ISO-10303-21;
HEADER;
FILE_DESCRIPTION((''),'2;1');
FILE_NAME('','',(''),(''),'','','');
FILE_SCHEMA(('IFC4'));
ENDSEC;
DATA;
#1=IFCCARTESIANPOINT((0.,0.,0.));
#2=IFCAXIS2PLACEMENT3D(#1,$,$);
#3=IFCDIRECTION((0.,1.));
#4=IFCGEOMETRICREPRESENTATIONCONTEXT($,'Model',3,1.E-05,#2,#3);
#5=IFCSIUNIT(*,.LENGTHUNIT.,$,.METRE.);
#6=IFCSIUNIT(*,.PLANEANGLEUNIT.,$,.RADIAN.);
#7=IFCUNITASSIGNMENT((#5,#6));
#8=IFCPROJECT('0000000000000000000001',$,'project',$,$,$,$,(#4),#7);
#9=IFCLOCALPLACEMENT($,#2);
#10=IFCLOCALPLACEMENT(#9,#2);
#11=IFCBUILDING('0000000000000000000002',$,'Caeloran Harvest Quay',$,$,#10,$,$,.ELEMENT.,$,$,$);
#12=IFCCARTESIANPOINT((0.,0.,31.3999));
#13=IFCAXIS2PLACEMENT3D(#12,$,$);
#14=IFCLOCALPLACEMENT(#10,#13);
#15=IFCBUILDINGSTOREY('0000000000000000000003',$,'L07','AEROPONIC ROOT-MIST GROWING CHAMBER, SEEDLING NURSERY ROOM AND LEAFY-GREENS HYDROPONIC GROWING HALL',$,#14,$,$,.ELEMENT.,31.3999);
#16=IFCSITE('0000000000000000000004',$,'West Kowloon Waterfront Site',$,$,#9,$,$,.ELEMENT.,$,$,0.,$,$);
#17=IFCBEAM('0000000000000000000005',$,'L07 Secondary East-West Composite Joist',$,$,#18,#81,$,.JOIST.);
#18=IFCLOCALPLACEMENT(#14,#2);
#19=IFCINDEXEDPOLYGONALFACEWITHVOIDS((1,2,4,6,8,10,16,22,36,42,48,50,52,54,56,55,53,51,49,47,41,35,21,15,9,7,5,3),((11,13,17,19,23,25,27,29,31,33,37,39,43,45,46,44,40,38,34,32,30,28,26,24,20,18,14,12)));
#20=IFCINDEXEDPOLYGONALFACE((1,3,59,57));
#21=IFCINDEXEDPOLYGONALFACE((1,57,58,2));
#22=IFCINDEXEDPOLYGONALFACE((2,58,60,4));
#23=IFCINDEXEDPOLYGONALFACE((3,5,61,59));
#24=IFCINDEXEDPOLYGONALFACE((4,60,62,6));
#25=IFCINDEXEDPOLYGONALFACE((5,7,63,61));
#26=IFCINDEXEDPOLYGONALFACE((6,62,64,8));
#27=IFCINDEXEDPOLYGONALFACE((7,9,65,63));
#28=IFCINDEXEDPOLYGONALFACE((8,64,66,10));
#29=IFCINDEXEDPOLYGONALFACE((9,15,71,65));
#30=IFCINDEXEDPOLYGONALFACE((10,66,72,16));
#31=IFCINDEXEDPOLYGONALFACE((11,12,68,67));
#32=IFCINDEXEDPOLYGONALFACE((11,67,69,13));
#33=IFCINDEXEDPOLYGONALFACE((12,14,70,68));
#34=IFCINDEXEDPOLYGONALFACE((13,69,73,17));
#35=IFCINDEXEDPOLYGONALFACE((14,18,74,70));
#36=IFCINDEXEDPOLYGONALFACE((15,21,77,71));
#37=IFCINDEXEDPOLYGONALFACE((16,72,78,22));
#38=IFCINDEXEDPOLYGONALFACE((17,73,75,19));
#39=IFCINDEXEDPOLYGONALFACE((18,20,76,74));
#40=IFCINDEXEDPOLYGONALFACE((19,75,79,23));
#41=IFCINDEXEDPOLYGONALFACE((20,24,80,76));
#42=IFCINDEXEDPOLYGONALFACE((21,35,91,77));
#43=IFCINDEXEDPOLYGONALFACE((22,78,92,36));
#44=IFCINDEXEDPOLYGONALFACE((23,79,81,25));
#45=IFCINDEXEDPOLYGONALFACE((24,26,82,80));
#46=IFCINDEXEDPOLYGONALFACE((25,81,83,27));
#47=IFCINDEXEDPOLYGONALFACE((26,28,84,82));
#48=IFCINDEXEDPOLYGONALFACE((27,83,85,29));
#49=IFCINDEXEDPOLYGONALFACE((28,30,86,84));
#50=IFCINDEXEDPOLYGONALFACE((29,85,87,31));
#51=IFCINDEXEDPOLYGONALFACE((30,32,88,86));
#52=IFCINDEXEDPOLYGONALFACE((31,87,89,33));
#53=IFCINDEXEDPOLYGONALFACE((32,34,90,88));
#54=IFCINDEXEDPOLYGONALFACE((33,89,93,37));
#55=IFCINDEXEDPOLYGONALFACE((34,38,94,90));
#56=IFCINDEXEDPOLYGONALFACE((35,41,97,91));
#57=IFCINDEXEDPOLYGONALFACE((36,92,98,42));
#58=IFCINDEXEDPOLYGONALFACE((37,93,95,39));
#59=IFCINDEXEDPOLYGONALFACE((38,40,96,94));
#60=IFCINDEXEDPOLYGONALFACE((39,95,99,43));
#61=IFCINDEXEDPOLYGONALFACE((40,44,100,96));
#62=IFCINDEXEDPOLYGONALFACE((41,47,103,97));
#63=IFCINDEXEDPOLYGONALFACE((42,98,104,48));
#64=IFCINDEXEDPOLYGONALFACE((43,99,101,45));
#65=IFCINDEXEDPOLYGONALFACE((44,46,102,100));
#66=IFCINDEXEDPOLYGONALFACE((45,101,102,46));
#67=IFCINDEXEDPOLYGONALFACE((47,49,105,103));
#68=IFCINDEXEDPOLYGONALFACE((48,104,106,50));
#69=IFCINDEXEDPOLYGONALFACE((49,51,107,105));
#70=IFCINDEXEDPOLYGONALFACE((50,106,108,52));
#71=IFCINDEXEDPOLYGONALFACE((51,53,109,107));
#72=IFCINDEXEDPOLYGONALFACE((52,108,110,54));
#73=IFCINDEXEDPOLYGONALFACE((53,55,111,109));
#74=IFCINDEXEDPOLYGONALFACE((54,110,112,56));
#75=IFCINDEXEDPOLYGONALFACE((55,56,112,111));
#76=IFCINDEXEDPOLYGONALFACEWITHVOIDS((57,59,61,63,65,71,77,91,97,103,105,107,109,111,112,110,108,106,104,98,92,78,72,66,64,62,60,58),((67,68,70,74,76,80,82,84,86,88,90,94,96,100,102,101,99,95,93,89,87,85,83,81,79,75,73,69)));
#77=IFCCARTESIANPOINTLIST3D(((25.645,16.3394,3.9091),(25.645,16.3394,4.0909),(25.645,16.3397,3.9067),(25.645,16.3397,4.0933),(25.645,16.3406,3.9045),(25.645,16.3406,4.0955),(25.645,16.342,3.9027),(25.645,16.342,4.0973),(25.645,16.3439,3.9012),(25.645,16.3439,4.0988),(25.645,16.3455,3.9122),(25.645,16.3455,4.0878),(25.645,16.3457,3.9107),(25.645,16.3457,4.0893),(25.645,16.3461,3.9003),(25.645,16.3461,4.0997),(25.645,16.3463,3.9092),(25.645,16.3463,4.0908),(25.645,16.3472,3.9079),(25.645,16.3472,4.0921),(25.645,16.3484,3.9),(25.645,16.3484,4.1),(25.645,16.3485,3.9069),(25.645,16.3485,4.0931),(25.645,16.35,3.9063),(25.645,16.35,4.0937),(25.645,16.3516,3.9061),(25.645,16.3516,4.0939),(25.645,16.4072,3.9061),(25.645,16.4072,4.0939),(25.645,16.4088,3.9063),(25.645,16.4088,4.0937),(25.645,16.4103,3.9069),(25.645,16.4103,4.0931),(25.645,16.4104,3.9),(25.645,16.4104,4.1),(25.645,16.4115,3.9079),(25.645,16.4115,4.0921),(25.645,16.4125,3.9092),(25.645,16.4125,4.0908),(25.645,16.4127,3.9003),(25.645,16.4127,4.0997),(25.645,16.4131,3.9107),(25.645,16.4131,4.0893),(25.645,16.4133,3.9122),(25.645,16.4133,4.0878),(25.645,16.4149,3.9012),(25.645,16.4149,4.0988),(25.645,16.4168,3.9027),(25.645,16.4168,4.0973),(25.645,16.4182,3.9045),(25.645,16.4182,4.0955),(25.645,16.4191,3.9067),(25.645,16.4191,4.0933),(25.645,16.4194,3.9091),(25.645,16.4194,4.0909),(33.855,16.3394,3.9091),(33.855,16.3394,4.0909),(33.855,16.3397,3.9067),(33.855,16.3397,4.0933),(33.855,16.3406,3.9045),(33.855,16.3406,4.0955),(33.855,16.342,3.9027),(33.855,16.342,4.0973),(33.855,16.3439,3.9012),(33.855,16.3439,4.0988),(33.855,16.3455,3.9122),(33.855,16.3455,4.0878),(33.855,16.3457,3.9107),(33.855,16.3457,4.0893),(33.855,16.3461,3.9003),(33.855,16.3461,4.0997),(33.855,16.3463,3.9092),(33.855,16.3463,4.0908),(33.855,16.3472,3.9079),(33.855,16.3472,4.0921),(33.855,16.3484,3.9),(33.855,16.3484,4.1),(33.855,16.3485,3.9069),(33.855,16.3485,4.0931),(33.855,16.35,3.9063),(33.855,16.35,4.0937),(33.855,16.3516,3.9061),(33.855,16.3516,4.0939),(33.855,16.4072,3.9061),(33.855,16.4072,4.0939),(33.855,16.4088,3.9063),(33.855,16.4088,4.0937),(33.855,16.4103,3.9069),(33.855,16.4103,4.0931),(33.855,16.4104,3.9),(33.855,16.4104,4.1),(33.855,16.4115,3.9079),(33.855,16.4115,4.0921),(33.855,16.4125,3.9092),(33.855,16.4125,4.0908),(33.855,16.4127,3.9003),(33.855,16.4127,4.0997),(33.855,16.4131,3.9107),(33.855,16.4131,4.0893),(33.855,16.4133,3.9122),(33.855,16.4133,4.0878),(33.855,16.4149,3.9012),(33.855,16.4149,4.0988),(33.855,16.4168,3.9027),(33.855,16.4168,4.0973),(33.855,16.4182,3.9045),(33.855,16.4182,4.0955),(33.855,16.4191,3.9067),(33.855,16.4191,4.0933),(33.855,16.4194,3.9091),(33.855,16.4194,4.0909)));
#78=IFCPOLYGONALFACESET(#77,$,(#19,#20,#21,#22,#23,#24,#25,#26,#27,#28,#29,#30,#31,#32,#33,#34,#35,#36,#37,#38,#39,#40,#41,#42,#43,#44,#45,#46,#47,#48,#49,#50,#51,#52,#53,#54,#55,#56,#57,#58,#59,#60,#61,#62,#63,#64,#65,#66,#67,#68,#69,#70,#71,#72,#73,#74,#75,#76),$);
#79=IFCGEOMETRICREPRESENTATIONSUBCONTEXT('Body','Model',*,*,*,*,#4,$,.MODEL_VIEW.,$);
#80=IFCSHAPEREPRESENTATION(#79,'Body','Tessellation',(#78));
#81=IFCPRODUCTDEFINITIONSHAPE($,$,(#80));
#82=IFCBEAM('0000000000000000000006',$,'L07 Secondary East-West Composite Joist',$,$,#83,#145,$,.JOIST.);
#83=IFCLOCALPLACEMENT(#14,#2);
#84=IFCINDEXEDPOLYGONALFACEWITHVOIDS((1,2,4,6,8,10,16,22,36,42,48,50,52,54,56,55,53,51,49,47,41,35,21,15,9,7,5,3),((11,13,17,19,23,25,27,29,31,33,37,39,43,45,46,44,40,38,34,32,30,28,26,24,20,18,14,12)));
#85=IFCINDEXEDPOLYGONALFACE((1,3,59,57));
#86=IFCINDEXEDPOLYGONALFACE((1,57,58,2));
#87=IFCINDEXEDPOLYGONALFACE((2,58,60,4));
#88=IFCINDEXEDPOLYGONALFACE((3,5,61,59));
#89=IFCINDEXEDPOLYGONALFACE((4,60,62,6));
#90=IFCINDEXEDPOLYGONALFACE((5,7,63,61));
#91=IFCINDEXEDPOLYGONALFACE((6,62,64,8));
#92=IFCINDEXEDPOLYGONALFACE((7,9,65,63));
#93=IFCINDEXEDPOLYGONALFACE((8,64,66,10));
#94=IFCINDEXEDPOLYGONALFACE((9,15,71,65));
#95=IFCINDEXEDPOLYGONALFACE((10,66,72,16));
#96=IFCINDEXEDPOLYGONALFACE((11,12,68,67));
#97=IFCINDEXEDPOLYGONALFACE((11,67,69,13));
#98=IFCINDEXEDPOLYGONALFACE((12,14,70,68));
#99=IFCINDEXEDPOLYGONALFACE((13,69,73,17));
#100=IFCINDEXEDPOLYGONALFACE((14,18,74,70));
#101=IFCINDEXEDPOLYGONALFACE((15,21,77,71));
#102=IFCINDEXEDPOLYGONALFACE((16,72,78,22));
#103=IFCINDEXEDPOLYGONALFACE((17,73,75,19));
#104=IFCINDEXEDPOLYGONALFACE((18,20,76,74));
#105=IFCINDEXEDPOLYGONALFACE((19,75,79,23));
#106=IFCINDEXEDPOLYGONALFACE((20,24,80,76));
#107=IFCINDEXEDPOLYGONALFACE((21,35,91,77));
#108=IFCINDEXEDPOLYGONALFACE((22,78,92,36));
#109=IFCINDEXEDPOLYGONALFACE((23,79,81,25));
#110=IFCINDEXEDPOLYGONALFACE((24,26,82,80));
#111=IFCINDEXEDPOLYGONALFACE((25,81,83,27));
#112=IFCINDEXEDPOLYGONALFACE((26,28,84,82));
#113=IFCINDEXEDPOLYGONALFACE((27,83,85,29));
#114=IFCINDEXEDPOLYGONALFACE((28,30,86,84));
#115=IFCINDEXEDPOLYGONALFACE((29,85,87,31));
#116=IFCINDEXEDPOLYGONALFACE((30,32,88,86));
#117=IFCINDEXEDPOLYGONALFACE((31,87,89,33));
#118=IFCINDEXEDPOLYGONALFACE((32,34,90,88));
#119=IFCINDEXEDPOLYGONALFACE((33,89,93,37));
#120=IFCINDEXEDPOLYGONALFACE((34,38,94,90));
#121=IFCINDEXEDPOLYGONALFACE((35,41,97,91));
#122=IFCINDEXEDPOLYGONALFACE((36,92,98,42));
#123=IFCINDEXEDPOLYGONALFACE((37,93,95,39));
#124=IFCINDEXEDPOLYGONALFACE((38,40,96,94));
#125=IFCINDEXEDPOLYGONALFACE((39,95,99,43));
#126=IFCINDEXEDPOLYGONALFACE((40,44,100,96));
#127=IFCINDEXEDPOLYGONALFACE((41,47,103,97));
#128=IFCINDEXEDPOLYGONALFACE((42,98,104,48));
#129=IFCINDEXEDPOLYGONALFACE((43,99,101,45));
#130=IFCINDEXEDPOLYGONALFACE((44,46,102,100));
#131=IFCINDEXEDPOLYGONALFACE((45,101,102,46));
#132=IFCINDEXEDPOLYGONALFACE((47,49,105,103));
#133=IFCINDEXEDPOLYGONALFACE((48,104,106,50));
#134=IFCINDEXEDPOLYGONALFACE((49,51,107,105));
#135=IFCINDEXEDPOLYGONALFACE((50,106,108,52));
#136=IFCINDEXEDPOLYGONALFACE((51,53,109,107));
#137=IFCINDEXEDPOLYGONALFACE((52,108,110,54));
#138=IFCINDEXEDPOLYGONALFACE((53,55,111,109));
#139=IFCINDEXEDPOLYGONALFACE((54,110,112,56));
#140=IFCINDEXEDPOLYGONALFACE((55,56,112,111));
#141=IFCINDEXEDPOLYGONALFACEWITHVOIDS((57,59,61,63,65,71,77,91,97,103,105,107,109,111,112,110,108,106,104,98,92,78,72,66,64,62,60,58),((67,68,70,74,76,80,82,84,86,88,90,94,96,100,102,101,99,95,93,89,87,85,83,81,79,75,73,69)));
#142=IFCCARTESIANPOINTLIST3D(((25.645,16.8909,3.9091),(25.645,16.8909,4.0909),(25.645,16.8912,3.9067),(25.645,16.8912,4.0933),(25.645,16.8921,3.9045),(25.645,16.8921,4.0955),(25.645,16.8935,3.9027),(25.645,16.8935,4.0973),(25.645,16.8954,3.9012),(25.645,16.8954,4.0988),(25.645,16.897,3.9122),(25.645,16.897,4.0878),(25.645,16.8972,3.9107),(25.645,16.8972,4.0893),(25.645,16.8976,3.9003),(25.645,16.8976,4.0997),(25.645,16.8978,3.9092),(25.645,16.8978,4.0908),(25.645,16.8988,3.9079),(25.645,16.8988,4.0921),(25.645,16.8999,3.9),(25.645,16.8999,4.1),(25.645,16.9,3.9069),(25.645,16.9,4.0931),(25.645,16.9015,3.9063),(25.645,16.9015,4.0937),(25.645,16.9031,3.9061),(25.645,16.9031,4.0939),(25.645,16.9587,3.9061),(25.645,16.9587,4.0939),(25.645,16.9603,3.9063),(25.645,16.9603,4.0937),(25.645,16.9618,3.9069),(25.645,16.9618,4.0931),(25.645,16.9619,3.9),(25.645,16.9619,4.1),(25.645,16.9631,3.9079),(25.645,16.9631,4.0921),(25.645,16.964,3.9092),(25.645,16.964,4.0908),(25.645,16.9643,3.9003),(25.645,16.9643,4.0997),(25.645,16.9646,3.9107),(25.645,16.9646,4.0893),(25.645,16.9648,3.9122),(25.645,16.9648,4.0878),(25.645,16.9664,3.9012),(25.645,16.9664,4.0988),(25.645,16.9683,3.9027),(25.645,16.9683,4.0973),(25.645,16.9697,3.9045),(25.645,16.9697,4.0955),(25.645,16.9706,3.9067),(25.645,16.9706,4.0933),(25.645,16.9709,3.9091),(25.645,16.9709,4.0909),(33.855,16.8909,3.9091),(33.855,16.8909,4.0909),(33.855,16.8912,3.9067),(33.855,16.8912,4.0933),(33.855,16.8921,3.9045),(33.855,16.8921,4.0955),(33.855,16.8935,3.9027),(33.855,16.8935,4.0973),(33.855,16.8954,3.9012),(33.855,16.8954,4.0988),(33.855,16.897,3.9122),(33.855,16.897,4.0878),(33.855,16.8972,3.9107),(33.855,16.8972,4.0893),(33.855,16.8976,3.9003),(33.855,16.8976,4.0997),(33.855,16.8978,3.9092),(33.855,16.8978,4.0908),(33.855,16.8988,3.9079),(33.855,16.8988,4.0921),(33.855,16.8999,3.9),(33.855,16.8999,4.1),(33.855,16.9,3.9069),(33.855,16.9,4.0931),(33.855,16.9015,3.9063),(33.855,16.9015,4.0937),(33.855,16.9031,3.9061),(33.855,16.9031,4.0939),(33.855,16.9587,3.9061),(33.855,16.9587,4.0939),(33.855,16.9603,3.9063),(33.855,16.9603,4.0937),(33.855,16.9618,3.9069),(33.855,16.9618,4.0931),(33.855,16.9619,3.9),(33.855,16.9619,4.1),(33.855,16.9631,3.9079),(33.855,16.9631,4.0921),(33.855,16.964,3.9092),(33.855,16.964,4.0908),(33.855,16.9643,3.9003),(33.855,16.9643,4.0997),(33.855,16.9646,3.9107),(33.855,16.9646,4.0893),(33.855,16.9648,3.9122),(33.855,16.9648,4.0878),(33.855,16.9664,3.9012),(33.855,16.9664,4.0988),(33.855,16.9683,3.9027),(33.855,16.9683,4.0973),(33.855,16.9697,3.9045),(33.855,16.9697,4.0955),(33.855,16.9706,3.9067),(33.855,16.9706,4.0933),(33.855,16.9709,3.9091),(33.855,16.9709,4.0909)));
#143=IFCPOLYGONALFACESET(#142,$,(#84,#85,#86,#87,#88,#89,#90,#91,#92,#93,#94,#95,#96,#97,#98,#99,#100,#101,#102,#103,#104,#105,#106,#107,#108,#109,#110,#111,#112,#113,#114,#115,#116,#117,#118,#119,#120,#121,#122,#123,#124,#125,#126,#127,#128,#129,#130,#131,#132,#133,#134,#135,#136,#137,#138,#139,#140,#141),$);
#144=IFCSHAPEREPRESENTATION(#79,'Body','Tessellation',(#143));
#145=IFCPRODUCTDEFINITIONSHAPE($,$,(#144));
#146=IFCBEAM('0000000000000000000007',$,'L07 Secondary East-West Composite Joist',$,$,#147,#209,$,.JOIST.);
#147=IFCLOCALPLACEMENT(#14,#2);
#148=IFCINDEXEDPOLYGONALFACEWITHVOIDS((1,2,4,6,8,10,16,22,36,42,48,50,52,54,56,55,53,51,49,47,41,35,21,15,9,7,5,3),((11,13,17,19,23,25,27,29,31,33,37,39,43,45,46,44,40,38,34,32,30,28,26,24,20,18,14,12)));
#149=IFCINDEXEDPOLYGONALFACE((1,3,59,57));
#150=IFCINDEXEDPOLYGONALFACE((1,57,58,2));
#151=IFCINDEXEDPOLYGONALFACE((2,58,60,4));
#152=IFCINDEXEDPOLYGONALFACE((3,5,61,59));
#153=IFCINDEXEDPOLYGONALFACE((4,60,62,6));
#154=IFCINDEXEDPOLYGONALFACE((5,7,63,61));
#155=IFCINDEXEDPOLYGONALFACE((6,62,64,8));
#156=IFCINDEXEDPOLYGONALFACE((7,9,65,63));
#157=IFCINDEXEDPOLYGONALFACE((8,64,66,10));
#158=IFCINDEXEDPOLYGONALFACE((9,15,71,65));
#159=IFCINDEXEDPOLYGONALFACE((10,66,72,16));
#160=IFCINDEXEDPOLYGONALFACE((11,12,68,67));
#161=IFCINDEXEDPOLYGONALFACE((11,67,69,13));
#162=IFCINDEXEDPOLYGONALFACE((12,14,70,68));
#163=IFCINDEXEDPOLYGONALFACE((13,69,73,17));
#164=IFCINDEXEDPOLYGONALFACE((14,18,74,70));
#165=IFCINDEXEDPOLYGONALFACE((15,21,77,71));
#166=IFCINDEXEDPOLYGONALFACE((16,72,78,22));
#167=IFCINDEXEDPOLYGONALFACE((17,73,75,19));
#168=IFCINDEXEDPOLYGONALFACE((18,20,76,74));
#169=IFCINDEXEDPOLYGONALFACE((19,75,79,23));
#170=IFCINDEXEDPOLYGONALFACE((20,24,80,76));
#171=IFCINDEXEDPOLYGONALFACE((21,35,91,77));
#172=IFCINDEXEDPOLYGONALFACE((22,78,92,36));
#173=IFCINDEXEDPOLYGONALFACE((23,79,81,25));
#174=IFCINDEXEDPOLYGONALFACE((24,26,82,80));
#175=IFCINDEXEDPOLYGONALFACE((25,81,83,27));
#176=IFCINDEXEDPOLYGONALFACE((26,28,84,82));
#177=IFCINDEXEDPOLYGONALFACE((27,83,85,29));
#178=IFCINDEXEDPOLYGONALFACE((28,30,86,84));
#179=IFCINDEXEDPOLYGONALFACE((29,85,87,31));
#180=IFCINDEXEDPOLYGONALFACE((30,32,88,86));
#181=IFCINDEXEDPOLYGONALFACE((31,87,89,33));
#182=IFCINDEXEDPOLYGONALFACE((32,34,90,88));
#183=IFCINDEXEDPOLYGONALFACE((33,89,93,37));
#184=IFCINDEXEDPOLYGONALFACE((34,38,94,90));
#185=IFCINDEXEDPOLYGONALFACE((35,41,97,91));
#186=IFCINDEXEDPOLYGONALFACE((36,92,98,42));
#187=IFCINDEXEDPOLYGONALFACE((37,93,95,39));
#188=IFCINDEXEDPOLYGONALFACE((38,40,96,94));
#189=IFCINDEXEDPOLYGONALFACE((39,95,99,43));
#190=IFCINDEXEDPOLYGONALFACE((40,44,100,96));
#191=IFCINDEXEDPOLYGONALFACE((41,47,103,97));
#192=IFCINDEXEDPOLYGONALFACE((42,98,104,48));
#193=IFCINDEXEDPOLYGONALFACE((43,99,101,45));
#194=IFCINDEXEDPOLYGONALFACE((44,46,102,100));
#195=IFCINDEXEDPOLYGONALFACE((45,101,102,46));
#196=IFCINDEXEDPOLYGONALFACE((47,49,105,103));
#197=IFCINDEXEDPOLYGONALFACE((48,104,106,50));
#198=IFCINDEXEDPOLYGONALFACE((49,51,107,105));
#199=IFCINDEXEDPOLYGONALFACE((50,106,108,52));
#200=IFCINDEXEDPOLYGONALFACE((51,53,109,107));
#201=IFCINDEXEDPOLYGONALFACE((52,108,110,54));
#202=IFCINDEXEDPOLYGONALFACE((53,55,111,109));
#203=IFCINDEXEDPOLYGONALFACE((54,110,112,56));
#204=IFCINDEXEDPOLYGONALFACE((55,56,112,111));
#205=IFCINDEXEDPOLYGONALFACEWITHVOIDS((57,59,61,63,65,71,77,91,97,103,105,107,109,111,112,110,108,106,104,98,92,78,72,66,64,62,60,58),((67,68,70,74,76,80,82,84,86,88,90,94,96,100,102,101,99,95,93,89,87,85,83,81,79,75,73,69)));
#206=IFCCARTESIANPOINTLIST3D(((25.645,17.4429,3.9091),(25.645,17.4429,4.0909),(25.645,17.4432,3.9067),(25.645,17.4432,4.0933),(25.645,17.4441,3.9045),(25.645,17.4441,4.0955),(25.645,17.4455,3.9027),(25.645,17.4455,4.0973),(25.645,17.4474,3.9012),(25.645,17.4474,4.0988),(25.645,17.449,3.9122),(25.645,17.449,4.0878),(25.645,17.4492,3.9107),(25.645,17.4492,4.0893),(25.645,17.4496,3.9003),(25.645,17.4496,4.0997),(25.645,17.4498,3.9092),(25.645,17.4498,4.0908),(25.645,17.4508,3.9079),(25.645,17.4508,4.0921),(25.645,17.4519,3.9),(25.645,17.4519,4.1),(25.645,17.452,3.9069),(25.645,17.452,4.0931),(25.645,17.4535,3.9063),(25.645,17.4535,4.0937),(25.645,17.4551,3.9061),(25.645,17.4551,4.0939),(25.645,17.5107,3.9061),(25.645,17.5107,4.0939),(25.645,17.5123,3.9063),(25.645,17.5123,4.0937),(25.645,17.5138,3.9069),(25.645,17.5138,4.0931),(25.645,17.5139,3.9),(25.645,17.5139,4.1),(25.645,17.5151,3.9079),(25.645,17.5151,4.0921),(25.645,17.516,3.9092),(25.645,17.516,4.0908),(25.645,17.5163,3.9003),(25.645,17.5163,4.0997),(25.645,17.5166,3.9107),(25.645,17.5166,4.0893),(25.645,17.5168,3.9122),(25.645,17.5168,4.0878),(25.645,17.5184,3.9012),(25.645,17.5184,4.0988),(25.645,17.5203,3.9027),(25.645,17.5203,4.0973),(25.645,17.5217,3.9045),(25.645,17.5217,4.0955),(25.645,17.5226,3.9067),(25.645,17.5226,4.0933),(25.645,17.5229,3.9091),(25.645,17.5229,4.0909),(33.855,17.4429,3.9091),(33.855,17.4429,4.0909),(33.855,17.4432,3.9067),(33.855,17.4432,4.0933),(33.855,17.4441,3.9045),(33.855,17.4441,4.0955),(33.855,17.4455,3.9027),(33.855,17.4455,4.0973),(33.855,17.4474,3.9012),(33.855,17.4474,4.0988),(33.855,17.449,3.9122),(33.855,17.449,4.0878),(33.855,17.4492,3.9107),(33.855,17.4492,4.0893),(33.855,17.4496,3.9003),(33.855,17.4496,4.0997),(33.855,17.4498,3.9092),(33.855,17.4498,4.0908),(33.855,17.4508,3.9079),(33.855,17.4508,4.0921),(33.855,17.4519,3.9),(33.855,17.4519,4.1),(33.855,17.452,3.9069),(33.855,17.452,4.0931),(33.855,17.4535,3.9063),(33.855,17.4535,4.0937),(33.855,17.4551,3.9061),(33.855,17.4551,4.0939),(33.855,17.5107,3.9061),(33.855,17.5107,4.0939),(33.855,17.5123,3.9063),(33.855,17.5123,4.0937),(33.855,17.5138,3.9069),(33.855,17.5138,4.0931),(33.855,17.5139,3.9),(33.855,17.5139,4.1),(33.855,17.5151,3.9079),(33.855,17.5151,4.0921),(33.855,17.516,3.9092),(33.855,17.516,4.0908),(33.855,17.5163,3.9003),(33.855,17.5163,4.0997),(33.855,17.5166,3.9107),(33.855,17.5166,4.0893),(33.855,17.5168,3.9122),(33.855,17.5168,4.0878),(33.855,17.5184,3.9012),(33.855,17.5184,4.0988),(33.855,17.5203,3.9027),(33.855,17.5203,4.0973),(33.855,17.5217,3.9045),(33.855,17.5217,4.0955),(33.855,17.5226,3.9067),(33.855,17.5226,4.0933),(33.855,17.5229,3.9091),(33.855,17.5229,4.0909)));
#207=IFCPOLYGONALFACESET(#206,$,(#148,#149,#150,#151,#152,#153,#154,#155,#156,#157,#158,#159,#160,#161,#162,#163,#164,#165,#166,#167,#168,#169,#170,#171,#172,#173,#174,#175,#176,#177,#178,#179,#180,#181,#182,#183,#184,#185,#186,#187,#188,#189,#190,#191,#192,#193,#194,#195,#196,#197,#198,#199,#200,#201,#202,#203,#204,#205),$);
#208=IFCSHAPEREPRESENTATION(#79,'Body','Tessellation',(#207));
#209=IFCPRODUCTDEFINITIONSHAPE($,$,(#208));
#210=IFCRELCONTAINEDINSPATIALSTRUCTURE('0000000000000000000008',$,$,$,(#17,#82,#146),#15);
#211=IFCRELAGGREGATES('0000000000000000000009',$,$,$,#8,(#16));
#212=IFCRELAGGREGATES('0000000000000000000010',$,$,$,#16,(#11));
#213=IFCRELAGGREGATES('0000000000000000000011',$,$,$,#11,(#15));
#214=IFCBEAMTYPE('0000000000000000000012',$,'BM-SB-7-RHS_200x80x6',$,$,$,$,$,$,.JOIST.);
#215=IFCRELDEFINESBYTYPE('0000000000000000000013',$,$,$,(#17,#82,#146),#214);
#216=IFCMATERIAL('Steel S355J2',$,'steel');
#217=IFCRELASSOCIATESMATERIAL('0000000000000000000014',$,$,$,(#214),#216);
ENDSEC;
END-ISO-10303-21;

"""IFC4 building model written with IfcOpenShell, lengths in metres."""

from ifc_helpers import new_model, si_unit, direction, frame, origin, origin_2d, place, context, subcontext, project, spatial, hollow_rectangle, extrude, material, material_profile, profile_set, type_object, element, save


model = new_model("IFC4")

# Units and contexts
model_context = context("Model", 3, precision=1e-05, world=origin(), true_north=direction((0.0, 1.0)))
body_context = subcontext(model_context, "Body", "Model", "MODEL_VIEW")
ifc_project = project(units=[si_unit("LENGTHUNIT", "METRE"), si_unit("PLANEANGLEUNIT", "RADIAN")], contexts=[model_context])

# Site, building, storey
site_placement = place(None, origin())
site = spatial("IfcSite", under=ifc_project, at=site_placement, Name="West Kowloon Waterfront Site", CompositionType="ELEMENT", RefElevation=0.0)
building_placement = place(site_placement, origin())
building = spatial("IfcBuilding", under=site, at=building_placement, Name="Caeloran Harvest Quay", CompositionType="ELEMENT")
storey_placement = place(building_placement, frame((0.0, 0.0, 31.3999)))
storey = spatial("IfcBuildingStorey", under=building, at=storey_placement, Name="L07", Description="AEROPONIC ROOT-MIST GROWING CHAMBER, SEEDLING NURSERY ROOM AND LEAFY-GREENS HYDROPONIC GROWING HALL", CompositionType="ELEMENT", Elevation=31.3999)

# Beams
ifc_material_1 = material(Name="Steel S355J2", Category="steel")
ifc_material_profile_1 = material_profile(ifc_material_1, hollow_rectangle(XDim=0.0801, YDim=0.2, WallThickness=0.0061, InnerFilletRadius=0.0061, OuterFilletRadius=0.009, at=origin_2d()), Name="RHS 200x80x6")
ifc_profile_set_1 = profile_set([ifc_material_profile_1], Name="Steel S355J2")
beam_type_1 = type_object("IfcBeamType", Name="BM-SB-7-RHS_200x80x6", PredefinedType="JOIST", material=ifc_profile_set_1)
for number, where, z_axis, x_axis, name in (
    (1, (25.645, 16.3794, 4.0), (1.0, 0.0, 0.0), (0.0, 1.0, 0.0), "L07 Secondary East-West Composite Joist"),
    (2, (25.645, 16.9309, 4.0), (1.0, 0.0, 0.0), (0.0, 1.0, 0.0), "L07 Secondary East-West Composite Joist"),
    (3, (25.645, 17.4829, 4.0), (1.0, 0.0, 0.0), (0.0, 1.0, 0.0), "L07 Secondary East-West Composite Joist"),
):
    element("IfcBeam", number, at=place(storey_placement, frame(where, z_axis=z_axis, x_axis=x_axis)), inside=storey, type_object=beam_type_1, Name=name, PredefinedType="JOIST", context=body_context, shape_type="SweptSolid", body=[
        extrude(hollow_rectangle(XDim=0.0801, YDim=0.2, WallThickness=0.0061, InnerFilletRadius=0.0061, OuterFilletRadius=0.009, at=origin_2d()), origin(), (0.0, 0.0, 1.0), 8.21),
    ])

save(model, "model.ifc")
